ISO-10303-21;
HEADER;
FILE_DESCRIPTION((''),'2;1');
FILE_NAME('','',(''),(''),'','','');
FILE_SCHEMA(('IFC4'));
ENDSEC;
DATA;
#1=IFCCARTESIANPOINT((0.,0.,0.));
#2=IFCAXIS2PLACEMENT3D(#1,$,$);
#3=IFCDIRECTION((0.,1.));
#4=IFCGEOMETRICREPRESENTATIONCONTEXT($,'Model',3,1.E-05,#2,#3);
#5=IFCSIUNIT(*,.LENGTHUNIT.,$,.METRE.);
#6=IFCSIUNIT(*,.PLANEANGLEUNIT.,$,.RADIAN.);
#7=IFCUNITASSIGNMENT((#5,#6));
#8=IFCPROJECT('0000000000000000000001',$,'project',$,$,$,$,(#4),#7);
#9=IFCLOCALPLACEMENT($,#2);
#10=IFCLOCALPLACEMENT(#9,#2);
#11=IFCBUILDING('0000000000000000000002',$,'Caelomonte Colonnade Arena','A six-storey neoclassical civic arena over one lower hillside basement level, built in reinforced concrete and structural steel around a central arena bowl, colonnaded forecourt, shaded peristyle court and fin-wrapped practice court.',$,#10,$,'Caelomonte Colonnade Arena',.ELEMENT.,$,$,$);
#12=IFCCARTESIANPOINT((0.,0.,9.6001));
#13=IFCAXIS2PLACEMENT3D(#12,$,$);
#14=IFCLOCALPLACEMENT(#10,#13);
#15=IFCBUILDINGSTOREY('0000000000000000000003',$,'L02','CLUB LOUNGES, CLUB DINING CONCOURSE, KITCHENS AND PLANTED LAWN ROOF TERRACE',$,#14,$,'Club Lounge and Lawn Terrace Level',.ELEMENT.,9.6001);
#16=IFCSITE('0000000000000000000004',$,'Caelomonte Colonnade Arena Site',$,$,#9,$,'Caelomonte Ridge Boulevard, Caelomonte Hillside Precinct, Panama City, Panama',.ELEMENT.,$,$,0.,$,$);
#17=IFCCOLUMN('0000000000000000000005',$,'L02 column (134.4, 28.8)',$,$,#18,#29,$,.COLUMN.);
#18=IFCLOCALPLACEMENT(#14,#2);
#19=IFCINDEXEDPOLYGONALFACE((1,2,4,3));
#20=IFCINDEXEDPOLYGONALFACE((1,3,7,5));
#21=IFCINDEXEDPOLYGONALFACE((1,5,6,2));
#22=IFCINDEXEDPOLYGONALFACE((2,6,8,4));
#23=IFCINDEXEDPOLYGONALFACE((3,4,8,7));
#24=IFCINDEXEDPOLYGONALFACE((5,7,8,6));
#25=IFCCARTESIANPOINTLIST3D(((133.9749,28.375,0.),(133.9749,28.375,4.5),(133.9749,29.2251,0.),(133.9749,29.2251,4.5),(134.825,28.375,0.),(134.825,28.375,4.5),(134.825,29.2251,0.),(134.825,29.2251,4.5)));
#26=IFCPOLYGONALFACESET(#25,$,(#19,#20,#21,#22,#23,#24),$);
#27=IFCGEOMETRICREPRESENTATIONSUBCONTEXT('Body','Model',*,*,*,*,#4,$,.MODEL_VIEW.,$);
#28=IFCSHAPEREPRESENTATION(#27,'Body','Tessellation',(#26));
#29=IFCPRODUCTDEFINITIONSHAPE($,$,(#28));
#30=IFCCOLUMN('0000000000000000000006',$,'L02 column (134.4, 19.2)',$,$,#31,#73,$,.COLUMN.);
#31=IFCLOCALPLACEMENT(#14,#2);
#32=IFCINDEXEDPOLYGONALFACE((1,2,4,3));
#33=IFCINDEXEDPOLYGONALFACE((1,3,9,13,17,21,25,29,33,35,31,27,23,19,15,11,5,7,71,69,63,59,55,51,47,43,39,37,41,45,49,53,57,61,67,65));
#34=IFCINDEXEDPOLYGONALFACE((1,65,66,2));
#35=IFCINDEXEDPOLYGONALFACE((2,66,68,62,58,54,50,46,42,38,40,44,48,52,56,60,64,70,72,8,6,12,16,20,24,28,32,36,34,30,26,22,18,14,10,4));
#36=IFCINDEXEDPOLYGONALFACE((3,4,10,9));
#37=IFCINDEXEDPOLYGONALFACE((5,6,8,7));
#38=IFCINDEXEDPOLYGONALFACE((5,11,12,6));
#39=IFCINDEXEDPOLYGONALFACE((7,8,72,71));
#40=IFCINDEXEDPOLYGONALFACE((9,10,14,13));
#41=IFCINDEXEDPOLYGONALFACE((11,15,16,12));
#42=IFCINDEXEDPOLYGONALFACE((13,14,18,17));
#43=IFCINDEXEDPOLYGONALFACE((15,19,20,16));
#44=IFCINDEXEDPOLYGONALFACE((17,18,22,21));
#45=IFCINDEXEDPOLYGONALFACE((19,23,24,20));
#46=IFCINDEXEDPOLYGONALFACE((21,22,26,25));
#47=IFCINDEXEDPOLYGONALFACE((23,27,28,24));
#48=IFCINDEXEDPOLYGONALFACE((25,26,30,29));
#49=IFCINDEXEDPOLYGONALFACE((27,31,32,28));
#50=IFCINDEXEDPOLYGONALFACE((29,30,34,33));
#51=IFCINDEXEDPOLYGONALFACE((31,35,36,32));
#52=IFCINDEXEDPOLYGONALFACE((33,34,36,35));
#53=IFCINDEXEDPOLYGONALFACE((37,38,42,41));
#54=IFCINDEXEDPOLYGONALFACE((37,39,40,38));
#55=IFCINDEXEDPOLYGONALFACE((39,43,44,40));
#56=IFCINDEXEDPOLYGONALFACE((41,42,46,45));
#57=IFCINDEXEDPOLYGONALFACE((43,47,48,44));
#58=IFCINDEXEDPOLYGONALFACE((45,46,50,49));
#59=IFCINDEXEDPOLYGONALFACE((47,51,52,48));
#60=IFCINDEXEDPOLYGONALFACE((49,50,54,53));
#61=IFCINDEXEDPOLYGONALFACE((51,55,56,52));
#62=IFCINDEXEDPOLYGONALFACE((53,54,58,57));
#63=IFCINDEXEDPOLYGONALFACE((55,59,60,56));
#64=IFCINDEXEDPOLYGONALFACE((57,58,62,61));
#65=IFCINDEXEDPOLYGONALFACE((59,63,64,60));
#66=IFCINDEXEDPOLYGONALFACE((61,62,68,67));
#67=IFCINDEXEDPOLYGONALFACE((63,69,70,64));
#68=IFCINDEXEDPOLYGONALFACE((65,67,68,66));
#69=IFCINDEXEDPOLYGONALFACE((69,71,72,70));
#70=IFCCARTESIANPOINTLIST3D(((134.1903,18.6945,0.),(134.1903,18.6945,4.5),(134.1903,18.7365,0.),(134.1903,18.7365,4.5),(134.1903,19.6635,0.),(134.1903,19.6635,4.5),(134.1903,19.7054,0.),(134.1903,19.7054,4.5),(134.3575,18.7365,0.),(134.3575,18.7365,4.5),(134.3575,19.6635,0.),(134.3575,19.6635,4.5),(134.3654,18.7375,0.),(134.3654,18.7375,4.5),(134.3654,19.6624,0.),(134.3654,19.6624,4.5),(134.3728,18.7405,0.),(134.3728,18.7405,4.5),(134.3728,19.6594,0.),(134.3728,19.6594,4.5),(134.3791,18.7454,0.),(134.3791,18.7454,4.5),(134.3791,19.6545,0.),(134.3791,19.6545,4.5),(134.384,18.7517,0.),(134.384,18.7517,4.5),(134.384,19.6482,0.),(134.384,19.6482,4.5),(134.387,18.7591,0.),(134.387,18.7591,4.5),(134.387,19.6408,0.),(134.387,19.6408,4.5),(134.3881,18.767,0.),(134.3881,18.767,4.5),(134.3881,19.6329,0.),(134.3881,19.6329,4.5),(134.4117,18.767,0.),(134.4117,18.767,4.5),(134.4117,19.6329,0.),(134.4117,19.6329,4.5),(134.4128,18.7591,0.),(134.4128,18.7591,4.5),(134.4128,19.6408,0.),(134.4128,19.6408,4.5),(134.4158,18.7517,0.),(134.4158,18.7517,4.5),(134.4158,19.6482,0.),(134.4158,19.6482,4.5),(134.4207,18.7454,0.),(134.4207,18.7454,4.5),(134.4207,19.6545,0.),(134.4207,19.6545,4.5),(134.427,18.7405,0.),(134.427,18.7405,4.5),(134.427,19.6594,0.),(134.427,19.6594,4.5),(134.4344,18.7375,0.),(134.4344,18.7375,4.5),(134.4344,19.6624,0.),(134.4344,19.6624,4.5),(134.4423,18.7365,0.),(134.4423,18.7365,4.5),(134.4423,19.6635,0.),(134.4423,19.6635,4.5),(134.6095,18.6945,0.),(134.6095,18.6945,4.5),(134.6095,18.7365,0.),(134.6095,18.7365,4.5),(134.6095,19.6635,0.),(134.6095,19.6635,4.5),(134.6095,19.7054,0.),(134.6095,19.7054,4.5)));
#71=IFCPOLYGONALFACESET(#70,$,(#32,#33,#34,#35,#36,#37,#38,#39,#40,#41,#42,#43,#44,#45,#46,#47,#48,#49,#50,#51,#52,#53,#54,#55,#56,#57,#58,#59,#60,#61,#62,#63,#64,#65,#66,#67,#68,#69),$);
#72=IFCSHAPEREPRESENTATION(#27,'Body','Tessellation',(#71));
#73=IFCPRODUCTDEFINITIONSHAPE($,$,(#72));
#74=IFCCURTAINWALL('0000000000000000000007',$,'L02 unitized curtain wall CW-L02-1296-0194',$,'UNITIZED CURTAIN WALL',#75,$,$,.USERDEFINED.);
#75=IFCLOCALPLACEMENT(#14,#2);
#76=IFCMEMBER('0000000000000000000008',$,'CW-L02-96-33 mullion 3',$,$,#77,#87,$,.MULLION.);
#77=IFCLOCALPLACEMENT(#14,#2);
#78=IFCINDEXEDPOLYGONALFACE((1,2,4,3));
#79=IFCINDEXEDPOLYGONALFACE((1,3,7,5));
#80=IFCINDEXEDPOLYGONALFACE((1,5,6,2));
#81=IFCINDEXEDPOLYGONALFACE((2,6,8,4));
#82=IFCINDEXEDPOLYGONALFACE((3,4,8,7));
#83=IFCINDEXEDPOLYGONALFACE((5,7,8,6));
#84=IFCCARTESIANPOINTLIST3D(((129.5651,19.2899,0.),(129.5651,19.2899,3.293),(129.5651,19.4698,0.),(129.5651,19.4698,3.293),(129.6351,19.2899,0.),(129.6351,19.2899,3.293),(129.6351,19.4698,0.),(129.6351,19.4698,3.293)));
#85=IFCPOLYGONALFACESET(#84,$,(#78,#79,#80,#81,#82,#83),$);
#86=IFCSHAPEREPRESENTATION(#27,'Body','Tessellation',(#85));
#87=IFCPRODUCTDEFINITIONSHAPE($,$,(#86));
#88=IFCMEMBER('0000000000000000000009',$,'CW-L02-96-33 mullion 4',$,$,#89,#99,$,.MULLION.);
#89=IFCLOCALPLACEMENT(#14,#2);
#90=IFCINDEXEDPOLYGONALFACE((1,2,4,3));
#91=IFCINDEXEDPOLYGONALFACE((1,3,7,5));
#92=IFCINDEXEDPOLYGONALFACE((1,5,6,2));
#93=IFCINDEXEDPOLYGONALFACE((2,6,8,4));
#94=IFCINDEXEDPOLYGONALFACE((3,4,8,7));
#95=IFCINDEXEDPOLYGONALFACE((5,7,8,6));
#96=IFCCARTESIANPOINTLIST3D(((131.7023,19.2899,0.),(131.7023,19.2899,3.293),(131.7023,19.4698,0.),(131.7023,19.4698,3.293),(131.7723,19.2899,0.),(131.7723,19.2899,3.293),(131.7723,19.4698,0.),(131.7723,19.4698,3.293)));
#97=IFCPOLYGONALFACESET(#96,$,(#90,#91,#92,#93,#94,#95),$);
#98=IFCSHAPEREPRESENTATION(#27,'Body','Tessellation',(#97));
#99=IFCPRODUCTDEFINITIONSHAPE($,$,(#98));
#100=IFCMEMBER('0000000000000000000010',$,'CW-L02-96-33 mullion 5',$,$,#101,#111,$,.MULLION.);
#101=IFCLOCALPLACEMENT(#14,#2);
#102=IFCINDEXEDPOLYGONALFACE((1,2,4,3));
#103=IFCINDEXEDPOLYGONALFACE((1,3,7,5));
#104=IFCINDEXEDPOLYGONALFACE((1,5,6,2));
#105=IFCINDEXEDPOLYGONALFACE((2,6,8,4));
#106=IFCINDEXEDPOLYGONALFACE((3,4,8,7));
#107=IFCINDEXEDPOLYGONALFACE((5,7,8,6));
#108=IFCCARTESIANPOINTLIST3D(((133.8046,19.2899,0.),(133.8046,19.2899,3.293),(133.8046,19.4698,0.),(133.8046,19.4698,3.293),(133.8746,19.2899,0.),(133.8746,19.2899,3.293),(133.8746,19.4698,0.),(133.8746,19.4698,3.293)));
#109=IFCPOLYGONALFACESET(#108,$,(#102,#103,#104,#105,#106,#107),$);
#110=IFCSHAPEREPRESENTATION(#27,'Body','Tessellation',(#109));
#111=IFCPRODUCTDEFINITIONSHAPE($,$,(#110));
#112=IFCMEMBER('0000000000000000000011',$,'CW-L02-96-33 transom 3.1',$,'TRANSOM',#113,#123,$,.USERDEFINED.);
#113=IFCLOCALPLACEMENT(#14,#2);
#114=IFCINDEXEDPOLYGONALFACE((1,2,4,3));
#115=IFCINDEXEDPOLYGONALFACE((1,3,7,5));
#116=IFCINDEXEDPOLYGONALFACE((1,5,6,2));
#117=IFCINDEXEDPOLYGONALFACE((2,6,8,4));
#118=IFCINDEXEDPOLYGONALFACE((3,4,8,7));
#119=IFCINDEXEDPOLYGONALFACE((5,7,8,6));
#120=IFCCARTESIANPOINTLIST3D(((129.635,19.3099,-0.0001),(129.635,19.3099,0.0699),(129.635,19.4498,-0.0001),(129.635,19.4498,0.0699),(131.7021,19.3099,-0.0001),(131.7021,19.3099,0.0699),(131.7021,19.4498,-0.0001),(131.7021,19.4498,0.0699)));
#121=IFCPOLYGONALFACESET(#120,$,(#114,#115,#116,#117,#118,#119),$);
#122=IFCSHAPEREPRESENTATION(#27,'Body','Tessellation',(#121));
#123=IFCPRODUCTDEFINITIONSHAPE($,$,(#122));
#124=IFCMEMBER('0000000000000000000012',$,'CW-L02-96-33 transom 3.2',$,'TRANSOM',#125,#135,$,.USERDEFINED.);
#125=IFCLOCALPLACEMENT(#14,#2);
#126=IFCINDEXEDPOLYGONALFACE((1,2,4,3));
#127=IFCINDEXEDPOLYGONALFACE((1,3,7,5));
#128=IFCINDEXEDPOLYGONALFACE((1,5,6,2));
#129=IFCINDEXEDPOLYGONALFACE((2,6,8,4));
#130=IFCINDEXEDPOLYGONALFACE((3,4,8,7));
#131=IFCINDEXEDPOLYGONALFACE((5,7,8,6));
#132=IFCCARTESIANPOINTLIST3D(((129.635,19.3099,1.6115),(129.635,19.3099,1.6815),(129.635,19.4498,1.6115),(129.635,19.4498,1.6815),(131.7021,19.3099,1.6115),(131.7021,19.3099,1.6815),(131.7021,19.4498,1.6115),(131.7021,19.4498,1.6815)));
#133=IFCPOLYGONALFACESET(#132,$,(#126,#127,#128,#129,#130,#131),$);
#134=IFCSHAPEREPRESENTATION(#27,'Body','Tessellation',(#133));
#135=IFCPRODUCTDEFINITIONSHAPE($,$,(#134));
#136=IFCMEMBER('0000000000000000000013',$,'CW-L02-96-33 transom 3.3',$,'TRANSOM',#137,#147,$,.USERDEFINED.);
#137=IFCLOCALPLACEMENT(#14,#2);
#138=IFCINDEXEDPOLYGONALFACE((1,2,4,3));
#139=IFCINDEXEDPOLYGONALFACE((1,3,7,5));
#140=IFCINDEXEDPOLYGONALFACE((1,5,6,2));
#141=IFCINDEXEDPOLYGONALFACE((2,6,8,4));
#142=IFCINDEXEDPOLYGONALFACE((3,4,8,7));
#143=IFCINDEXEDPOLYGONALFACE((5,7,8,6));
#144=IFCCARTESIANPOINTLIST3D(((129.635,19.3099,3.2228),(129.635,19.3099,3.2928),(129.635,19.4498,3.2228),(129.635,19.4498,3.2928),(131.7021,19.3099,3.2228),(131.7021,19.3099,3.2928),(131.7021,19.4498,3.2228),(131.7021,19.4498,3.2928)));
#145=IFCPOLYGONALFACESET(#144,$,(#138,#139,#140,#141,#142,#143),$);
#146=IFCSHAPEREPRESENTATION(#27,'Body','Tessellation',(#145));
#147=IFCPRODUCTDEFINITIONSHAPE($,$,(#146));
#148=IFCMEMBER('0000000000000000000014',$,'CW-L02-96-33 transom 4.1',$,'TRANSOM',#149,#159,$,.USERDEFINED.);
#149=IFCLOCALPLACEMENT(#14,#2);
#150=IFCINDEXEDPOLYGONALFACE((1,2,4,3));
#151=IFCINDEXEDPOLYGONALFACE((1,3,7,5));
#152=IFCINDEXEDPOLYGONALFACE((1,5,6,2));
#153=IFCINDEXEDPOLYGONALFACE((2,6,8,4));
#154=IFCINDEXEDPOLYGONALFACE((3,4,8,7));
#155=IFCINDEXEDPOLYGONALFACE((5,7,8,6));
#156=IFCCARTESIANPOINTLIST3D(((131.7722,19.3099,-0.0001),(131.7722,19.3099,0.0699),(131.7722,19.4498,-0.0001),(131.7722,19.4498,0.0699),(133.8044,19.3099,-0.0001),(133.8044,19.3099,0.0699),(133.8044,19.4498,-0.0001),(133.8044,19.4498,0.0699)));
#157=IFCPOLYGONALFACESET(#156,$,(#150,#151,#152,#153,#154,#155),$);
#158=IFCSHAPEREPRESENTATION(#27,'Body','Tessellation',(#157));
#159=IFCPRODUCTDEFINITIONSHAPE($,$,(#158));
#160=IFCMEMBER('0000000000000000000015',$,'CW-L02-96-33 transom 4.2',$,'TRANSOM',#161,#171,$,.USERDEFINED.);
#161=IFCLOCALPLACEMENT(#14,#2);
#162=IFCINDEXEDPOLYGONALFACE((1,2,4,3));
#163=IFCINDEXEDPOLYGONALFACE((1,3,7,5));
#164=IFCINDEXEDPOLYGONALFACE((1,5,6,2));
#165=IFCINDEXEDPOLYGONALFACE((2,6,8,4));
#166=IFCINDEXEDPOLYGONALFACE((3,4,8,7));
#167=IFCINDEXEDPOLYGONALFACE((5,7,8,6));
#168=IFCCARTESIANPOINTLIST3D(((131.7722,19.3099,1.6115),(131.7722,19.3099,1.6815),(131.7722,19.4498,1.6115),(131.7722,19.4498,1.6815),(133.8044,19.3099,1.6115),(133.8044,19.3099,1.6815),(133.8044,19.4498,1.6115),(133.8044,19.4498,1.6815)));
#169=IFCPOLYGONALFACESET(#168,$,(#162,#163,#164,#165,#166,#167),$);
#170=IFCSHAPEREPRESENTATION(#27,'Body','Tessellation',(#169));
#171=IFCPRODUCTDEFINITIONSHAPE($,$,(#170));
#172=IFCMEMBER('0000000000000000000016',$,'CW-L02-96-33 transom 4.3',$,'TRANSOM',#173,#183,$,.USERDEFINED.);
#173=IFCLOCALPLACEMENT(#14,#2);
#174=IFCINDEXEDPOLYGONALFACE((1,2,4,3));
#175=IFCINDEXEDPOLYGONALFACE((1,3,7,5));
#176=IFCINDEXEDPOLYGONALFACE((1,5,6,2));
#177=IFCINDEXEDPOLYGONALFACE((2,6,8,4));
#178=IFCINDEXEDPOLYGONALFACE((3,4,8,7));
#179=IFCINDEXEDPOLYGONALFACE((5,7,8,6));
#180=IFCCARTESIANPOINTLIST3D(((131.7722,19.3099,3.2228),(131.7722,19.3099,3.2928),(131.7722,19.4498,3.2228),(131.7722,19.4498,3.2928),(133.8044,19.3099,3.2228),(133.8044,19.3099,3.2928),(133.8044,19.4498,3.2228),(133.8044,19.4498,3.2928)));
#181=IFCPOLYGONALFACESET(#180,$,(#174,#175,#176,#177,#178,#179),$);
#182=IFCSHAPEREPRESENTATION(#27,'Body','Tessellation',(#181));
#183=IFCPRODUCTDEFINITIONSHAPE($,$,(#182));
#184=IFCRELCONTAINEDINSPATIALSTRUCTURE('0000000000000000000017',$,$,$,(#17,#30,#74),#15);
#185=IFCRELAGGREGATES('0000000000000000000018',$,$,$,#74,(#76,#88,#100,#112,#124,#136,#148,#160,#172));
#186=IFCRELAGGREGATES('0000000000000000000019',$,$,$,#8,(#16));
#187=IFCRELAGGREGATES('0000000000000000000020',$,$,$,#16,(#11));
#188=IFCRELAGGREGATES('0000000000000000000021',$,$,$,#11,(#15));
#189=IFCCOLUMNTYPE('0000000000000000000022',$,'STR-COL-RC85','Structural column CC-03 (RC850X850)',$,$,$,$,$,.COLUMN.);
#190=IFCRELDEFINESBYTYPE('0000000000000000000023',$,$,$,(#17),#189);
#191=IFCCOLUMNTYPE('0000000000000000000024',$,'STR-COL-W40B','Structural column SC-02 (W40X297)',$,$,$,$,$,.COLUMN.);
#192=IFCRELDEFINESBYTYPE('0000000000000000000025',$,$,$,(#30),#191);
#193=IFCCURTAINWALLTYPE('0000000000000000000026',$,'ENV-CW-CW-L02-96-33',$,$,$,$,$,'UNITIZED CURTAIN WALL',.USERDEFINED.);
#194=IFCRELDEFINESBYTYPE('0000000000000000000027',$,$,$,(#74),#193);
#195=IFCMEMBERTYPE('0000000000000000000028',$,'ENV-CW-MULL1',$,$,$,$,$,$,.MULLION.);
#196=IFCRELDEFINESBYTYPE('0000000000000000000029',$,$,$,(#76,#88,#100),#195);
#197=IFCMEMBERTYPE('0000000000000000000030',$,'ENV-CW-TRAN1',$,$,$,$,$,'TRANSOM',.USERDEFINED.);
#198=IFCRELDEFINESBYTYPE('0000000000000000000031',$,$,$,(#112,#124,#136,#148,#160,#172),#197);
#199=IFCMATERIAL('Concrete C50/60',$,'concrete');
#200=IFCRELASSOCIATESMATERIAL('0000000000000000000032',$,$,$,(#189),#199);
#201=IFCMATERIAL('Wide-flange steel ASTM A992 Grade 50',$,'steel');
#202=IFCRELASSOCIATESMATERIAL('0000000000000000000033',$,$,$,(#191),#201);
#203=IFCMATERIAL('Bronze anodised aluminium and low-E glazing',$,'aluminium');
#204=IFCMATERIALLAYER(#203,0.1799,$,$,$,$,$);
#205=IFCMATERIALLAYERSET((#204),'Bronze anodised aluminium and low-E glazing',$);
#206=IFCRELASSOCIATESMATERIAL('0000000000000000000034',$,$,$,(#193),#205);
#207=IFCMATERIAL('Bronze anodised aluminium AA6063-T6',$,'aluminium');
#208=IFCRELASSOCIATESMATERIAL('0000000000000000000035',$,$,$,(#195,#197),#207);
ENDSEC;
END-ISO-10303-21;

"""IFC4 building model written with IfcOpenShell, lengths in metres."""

from ifc_helpers import new_model, si_unit, direction, frame, origin, origin_2d, place, context, subcontext, project, spatial, rectangle, i_section, extrude, material, layer, layer_set, material_profile, profile_set, type_object, element, aggregate, save


model = new_model("IFC4")

# Units and contexts
model_context = context("Model", 3, precision=1e-05, world=origin(), true_north=direction((0.0, 1.0)))
body_context = subcontext(model_context, "Body", "Model", "MODEL_VIEW")
ifc_project = project(units=[si_unit("LENGTHUNIT", "METRE"), si_unit("PLANEANGLEUNIT", "RADIAN")], contexts=[model_context])

# Site, building, storey
site_placement = place(None, origin())
site = spatial("IfcSite", under=ifc_project, at=site_placement, Name="Caelomonte Colonnade Arena Site", LongName="Caelomonte Ridge Boulevard, Caelomonte Hillside Precinct, Panama City, Panama", CompositionType="ELEMENT", RefElevation=0.0)
building_placement = place(site_placement, origin())
building = spatial("IfcBuilding", under=site, at=building_placement, Name="Caelomonte Colonnade Arena", Description="A six-storey neoclassical civic arena over one lower hillside basement level, built in reinforced concrete and structural steel around a central arena bowl, colonnaded forecourt, shaded peristyle court and fin-wrapped practice court.", LongName="Caelomonte Colonnade Arena", CompositionType="ELEMENT")
storey_placement = place(building_placement, frame((0.0, 0.0, 9.6001)))
storey = spatial("IfcBuildingStorey", under=building, at=storey_placement, Name="L02", Description="CLUB LOUNGES, CLUB DINING CONCOURSE, KITCHENS AND PLANTED LAWN ROOF TERRACE", LongName="Club Lounge and Lawn Terrace Level", CompositionType="ELEMENT", Elevation=9.6001)

# Columns
ifc_material_1 = material(Name="Concrete C50/60", Category="concrete")
ifc_material_profile_1 = material_profile(ifc_material_1, rectangle(XDim=0.8501, YDim=0.8501, at=origin_2d()), Name="RC850X850")
ifc_profile_set_1 = profile_set([ifc_material_profile_1], Name="Concrete C50/60")
column_type_1 = type_object("IfcColumnType", Name="STR-COL-RC85", Description="Structural column CC-03 (RC850X850)", PredefinedType="COLUMN", material=ifc_profile_set_1)
column_1_placement = place(storey_placement, frame((134.3999, 28.8, 0.0), z_axis=(0.0, 0.0, 1.0), x_axis=(1.0, 0.0, 0.0)))
element("IfcColumn", 1, at=column_1_placement, inside=storey, type_object=column_type_1, Name="L02 column (134.4, 28.8)", PredefinedType="COLUMN", context=body_context, shape_type="SweptSolid", body=[
    extrude(rectangle(XDim=0.8501, YDim=0.8501, at=origin_2d()), origin(), (0.0, 0.0, 1.0), 4.5),
])
ifc_material_2 = material(Name="Wide-flange steel ASTM A992 Grade 50", Category="steel")
ifc_material_profile_2 = material_profile(ifc_material_2, i_section(OverallWidth=0.4192, OverallDepth=1.011, WebThickness=0.0237, FlangeThickness=0.042, FilletRadius=0.0305, at=origin_2d()), Name="W40X297")
ifc_profile_set_2 = profile_set([ifc_material_profile_2], Name="Wide-flange steel ASTM A992 Grade 50")
column_type_2 = type_object("IfcColumnType", Name="STR-COL-W40B", Description="Structural column SC-02 (W40X297)", PredefinedType="COLUMN", material=ifc_profile_set_2)
column_2_placement = place(storey_placement, frame((134.3999, 19.2, 0.0), z_axis=(0.0, 0.0, 1.0), x_axis=(1.0, 0.0, 0.0)))
element("IfcColumn", 2, at=column_2_placement, inside=storey, type_object=column_type_2, Name="L02 column (134.4, 19.2)", PredefinedType="COLUMN", context=body_context, shape_type="SweptSolid", body=[
    extrude(i_section(OverallWidth=0.4192, OverallDepth=1.011, WebThickness=0.0237, FlangeThickness=0.042, FilletRadius=0.0305, at=origin_2d()), origin(), (0.0, 0.0, 1.0), 4.5),
])

# Curtain wall, members
ifc_material_3 = material(Name="Bronze anodised aluminium and low-E glazing", Category="aluminium")
ifc_layer_1 = layer(ifc_material_3, 0.1799)
ifc_layer_set_1 = layer_set([ifc_layer_1], Name="Bronze anodised aluminium and low-E glazing")
curtain_wall_type = type_object("IfcCurtainWallType", Name="ENV-CW-CW-L02-96-33", ElementType="UNITIZED CURTAIN WALL", PredefinedType="USERDEFINED", material=ifc_layer_set_1)
curtain_wall_placement = place(storey_placement, origin())
curtain_wall = element("IfcCurtainWall", 3, at=curtain_wall_placement, inside=storey, type_object=curtain_wall_type, Name="L02 unitized curtain wall CW-L02-1296-0194", ObjectType="UNITIZED CURTAIN WALL", PredefinedType="USERDEFINED")
ifc_material_4 = material(Name="Bronze anodised aluminium AA6063-T6", Category="aluminium")
ifc_material_profile_3 = material_profile(ifc_material_4, rectangle(XDim=0.0701, YDim=0.1799, at=origin_2d()), Name="CWM-70X180")
ifc_profile_set_3 = profile_set([ifc_material_profile_3], Name="Bronze anodised aluminium AA6063-T6")
member_type_1 = type_object("IfcMemberType", Name="ENV-CW-MULL1", PredefinedType="MULLION", material=ifc_profile_set_3)
member_1_placement = place(storey_placement, frame((129.6001, 19.3799, 0.0), z_axis=(0.0, 0.0, 1.0), x_axis=(1.0, 0.0, 0.0)))
member_1 = element("IfcMember", 4, at=member_1_placement, type_object=member_type_1, Name="CW-L02-96-33 mullion 3", PredefinedType="MULLION", context=body_context, shape_type="SweptSolid", body=[
    extrude(rectangle(XDim=0.0701, YDim=0.1799, at=origin_2d()), origin(), (0.0, 0.0, 1.0), 3.293),
])
member_2_placement = place(storey_placement, frame((131.7373, 19.3799, 0.0), z_axis=(0.0, 0.0, 1.0), x_axis=(1.0, 0.0, 0.0)))
member_2 = element("IfcMember", 5, at=member_2_placement, type_object=member_type_1, Name="CW-L02-96-33 mullion 4", PredefinedType="MULLION", context=body_context, shape_type="SweptSolid", body=[
    extrude(rectangle(XDim=0.0701, YDim=0.1799, at=origin_2d()), origin(), (0.0, 0.0, 1.0), 3.293),
])
member_3_placement = place(storey_placement, frame((133.8396, 19.3799, 0.0), z_axis=(0.0, 0.0, 1.0), x_axis=(1.0, 0.0, 0.0)))
member_3 = element("IfcMember", 6, at=member_3_placement, type_object=member_type_1, Name="CW-L02-96-33 mullion 5", PredefinedType="MULLION", context=body_context, shape_type="SweptSolid", body=[
    extrude(rectangle(XDim=0.0701, YDim=0.1799, at=origin_2d()), origin(), (0.0, 0.0, 1.0), 3.293),
])
ifc_material_profile_4 = material_profile(ifc_material_4, rectangle(XDim=0.0701, YDim=0.1399, at=origin_2d()), Name="CWT-70X140")
ifc_profile_set_4 = profile_set([ifc_material_profile_4], Name="Bronze anodised aluminium AA6063-T6")
member_type_2 = type_object("IfcMemberType", Name="ENV-CW-TRAN1", ElementType="TRANSOM", PredefinedType="USERDEFINED", material=ifc_profile_set_4)
member_4_placement = place(storey_placement, frame((129.635, 19.3799, 0.0349), z_axis=(1.0, 0.0, 0.0), x_axis=(0.0, 0.0, 1.0)))
member_4 = element("IfcMember", 7, at=member_4_placement, type_object=member_type_2, Name="CW-L02-96-33 transom 3.1", ObjectType="TRANSOM", PredefinedType="USERDEFINED", context=body_context, shape_type="SweptSolid", body=[
    extrude(rectangle(XDim=0.0701, YDim=0.1399, at=origin_2d()), origin(), (0.0, 0.0, 1.0), 2.0671),
])
member_5_placement = place(storey_placement, frame((129.635, 19.3799, 1.6465), z_axis=(1.0, 0.0, 0.0), x_axis=(0.0, 0.0, 1.0)))
member_5 = element("IfcMember", 8, at=member_5_placement, type_object=member_type_2, Name="CW-L02-96-33 transom 3.2", ObjectType="TRANSOM", PredefinedType="USERDEFINED", context=body_context, shape_type="SweptSolid", body=[
    extrude(rectangle(XDim=0.0701, YDim=0.1399, at=origin_2d()), origin(), (0.0, 0.0, 1.0), 2.0671),
])
member_6_placement = place(storey_placement, frame((129.635, 19.3799, 3.2578), z_axis=(1.0, 0.0, 0.0), x_axis=(0.0, 0.0, 1.0)))
member_6 = element("IfcMember", 9, at=member_6_placement, type_object=member_type_2, Name="CW-L02-96-33 transom 3.3", ObjectType="TRANSOM", PredefinedType="USERDEFINED", context=body_context, shape_type="SweptSolid", body=[
    extrude(rectangle(XDim=0.0701, YDim=0.1399, at=origin_2d()), origin(), (0.0, 0.0, 1.0), 2.0671),
])
member_7_placement = place(storey_placement, frame((131.7722, 19.3799, 0.0349), z_axis=(1.0, 0.0, 0.0), x_axis=(0.0, 0.0, 1.0)))
member_7 = element("IfcMember", 10, at=member_7_placement, type_object=member_type_2, Name="CW-L02-96-33 transom 4.1", ObjectType="TRANSOM", PredefinedType="USERDEFINED", context=body_context, shape_type="SweptSolid", body=[
    extrude(rectangle(XDim=0.0701, YDim=0.1399, at=origin_2d()), origin(), (0.0, 0.0, 1.0), 2.0322),
])
member_8_placement = place(storey_placement, frame((131.7722, 19.3799, 1.6465), z_axis=(1.0, 0.0, 0.0), x_axis=(0.0, 0.0, 1.0)))
member_8 = element("IfcMember", 11, at=member_8_placement, type_object=member_type_2, Name="CW-L02-96-33 transom 4.2", ObjectType="TRANSOM", PredefinedType="USERDEFINED", context=body_context, shape_type="SweptSolid", body=[
    extrude(rectangle(XDim=0.0701, YDim=0.1399, at=origin_2d()), origin(), (0.0, 0.0, 1.0), 2.0322),
])
member_9_placement = place(storey_placement, frame((131.7722, 19.3799, 3.2578), z_axis=(1.0, 0.0, 0.0), x_axis=(0.0, 0.0, 1.0)))
member_9 = element("IfcMember", 12, at=member_9_placement, type_object=member_type_2, Name="CW-L02-96-33 transom 4.3", ObjectType="TRANSOM", PredefinedType="USERDEFINED", context=body_context, shape_type="SweptSolid", body=[
    extrude(rectangle(XDim=0.0701, YDim=0.1399, at=origin_2d()), origin(), (0.0, 0.0, 1.0), 2.0322),
])

aggregate(curtain_wall, [member_1, member_2, member_3, member_4, member_5, member_6, member_7, member_8, member_9])

save(model, "model.ifc")
